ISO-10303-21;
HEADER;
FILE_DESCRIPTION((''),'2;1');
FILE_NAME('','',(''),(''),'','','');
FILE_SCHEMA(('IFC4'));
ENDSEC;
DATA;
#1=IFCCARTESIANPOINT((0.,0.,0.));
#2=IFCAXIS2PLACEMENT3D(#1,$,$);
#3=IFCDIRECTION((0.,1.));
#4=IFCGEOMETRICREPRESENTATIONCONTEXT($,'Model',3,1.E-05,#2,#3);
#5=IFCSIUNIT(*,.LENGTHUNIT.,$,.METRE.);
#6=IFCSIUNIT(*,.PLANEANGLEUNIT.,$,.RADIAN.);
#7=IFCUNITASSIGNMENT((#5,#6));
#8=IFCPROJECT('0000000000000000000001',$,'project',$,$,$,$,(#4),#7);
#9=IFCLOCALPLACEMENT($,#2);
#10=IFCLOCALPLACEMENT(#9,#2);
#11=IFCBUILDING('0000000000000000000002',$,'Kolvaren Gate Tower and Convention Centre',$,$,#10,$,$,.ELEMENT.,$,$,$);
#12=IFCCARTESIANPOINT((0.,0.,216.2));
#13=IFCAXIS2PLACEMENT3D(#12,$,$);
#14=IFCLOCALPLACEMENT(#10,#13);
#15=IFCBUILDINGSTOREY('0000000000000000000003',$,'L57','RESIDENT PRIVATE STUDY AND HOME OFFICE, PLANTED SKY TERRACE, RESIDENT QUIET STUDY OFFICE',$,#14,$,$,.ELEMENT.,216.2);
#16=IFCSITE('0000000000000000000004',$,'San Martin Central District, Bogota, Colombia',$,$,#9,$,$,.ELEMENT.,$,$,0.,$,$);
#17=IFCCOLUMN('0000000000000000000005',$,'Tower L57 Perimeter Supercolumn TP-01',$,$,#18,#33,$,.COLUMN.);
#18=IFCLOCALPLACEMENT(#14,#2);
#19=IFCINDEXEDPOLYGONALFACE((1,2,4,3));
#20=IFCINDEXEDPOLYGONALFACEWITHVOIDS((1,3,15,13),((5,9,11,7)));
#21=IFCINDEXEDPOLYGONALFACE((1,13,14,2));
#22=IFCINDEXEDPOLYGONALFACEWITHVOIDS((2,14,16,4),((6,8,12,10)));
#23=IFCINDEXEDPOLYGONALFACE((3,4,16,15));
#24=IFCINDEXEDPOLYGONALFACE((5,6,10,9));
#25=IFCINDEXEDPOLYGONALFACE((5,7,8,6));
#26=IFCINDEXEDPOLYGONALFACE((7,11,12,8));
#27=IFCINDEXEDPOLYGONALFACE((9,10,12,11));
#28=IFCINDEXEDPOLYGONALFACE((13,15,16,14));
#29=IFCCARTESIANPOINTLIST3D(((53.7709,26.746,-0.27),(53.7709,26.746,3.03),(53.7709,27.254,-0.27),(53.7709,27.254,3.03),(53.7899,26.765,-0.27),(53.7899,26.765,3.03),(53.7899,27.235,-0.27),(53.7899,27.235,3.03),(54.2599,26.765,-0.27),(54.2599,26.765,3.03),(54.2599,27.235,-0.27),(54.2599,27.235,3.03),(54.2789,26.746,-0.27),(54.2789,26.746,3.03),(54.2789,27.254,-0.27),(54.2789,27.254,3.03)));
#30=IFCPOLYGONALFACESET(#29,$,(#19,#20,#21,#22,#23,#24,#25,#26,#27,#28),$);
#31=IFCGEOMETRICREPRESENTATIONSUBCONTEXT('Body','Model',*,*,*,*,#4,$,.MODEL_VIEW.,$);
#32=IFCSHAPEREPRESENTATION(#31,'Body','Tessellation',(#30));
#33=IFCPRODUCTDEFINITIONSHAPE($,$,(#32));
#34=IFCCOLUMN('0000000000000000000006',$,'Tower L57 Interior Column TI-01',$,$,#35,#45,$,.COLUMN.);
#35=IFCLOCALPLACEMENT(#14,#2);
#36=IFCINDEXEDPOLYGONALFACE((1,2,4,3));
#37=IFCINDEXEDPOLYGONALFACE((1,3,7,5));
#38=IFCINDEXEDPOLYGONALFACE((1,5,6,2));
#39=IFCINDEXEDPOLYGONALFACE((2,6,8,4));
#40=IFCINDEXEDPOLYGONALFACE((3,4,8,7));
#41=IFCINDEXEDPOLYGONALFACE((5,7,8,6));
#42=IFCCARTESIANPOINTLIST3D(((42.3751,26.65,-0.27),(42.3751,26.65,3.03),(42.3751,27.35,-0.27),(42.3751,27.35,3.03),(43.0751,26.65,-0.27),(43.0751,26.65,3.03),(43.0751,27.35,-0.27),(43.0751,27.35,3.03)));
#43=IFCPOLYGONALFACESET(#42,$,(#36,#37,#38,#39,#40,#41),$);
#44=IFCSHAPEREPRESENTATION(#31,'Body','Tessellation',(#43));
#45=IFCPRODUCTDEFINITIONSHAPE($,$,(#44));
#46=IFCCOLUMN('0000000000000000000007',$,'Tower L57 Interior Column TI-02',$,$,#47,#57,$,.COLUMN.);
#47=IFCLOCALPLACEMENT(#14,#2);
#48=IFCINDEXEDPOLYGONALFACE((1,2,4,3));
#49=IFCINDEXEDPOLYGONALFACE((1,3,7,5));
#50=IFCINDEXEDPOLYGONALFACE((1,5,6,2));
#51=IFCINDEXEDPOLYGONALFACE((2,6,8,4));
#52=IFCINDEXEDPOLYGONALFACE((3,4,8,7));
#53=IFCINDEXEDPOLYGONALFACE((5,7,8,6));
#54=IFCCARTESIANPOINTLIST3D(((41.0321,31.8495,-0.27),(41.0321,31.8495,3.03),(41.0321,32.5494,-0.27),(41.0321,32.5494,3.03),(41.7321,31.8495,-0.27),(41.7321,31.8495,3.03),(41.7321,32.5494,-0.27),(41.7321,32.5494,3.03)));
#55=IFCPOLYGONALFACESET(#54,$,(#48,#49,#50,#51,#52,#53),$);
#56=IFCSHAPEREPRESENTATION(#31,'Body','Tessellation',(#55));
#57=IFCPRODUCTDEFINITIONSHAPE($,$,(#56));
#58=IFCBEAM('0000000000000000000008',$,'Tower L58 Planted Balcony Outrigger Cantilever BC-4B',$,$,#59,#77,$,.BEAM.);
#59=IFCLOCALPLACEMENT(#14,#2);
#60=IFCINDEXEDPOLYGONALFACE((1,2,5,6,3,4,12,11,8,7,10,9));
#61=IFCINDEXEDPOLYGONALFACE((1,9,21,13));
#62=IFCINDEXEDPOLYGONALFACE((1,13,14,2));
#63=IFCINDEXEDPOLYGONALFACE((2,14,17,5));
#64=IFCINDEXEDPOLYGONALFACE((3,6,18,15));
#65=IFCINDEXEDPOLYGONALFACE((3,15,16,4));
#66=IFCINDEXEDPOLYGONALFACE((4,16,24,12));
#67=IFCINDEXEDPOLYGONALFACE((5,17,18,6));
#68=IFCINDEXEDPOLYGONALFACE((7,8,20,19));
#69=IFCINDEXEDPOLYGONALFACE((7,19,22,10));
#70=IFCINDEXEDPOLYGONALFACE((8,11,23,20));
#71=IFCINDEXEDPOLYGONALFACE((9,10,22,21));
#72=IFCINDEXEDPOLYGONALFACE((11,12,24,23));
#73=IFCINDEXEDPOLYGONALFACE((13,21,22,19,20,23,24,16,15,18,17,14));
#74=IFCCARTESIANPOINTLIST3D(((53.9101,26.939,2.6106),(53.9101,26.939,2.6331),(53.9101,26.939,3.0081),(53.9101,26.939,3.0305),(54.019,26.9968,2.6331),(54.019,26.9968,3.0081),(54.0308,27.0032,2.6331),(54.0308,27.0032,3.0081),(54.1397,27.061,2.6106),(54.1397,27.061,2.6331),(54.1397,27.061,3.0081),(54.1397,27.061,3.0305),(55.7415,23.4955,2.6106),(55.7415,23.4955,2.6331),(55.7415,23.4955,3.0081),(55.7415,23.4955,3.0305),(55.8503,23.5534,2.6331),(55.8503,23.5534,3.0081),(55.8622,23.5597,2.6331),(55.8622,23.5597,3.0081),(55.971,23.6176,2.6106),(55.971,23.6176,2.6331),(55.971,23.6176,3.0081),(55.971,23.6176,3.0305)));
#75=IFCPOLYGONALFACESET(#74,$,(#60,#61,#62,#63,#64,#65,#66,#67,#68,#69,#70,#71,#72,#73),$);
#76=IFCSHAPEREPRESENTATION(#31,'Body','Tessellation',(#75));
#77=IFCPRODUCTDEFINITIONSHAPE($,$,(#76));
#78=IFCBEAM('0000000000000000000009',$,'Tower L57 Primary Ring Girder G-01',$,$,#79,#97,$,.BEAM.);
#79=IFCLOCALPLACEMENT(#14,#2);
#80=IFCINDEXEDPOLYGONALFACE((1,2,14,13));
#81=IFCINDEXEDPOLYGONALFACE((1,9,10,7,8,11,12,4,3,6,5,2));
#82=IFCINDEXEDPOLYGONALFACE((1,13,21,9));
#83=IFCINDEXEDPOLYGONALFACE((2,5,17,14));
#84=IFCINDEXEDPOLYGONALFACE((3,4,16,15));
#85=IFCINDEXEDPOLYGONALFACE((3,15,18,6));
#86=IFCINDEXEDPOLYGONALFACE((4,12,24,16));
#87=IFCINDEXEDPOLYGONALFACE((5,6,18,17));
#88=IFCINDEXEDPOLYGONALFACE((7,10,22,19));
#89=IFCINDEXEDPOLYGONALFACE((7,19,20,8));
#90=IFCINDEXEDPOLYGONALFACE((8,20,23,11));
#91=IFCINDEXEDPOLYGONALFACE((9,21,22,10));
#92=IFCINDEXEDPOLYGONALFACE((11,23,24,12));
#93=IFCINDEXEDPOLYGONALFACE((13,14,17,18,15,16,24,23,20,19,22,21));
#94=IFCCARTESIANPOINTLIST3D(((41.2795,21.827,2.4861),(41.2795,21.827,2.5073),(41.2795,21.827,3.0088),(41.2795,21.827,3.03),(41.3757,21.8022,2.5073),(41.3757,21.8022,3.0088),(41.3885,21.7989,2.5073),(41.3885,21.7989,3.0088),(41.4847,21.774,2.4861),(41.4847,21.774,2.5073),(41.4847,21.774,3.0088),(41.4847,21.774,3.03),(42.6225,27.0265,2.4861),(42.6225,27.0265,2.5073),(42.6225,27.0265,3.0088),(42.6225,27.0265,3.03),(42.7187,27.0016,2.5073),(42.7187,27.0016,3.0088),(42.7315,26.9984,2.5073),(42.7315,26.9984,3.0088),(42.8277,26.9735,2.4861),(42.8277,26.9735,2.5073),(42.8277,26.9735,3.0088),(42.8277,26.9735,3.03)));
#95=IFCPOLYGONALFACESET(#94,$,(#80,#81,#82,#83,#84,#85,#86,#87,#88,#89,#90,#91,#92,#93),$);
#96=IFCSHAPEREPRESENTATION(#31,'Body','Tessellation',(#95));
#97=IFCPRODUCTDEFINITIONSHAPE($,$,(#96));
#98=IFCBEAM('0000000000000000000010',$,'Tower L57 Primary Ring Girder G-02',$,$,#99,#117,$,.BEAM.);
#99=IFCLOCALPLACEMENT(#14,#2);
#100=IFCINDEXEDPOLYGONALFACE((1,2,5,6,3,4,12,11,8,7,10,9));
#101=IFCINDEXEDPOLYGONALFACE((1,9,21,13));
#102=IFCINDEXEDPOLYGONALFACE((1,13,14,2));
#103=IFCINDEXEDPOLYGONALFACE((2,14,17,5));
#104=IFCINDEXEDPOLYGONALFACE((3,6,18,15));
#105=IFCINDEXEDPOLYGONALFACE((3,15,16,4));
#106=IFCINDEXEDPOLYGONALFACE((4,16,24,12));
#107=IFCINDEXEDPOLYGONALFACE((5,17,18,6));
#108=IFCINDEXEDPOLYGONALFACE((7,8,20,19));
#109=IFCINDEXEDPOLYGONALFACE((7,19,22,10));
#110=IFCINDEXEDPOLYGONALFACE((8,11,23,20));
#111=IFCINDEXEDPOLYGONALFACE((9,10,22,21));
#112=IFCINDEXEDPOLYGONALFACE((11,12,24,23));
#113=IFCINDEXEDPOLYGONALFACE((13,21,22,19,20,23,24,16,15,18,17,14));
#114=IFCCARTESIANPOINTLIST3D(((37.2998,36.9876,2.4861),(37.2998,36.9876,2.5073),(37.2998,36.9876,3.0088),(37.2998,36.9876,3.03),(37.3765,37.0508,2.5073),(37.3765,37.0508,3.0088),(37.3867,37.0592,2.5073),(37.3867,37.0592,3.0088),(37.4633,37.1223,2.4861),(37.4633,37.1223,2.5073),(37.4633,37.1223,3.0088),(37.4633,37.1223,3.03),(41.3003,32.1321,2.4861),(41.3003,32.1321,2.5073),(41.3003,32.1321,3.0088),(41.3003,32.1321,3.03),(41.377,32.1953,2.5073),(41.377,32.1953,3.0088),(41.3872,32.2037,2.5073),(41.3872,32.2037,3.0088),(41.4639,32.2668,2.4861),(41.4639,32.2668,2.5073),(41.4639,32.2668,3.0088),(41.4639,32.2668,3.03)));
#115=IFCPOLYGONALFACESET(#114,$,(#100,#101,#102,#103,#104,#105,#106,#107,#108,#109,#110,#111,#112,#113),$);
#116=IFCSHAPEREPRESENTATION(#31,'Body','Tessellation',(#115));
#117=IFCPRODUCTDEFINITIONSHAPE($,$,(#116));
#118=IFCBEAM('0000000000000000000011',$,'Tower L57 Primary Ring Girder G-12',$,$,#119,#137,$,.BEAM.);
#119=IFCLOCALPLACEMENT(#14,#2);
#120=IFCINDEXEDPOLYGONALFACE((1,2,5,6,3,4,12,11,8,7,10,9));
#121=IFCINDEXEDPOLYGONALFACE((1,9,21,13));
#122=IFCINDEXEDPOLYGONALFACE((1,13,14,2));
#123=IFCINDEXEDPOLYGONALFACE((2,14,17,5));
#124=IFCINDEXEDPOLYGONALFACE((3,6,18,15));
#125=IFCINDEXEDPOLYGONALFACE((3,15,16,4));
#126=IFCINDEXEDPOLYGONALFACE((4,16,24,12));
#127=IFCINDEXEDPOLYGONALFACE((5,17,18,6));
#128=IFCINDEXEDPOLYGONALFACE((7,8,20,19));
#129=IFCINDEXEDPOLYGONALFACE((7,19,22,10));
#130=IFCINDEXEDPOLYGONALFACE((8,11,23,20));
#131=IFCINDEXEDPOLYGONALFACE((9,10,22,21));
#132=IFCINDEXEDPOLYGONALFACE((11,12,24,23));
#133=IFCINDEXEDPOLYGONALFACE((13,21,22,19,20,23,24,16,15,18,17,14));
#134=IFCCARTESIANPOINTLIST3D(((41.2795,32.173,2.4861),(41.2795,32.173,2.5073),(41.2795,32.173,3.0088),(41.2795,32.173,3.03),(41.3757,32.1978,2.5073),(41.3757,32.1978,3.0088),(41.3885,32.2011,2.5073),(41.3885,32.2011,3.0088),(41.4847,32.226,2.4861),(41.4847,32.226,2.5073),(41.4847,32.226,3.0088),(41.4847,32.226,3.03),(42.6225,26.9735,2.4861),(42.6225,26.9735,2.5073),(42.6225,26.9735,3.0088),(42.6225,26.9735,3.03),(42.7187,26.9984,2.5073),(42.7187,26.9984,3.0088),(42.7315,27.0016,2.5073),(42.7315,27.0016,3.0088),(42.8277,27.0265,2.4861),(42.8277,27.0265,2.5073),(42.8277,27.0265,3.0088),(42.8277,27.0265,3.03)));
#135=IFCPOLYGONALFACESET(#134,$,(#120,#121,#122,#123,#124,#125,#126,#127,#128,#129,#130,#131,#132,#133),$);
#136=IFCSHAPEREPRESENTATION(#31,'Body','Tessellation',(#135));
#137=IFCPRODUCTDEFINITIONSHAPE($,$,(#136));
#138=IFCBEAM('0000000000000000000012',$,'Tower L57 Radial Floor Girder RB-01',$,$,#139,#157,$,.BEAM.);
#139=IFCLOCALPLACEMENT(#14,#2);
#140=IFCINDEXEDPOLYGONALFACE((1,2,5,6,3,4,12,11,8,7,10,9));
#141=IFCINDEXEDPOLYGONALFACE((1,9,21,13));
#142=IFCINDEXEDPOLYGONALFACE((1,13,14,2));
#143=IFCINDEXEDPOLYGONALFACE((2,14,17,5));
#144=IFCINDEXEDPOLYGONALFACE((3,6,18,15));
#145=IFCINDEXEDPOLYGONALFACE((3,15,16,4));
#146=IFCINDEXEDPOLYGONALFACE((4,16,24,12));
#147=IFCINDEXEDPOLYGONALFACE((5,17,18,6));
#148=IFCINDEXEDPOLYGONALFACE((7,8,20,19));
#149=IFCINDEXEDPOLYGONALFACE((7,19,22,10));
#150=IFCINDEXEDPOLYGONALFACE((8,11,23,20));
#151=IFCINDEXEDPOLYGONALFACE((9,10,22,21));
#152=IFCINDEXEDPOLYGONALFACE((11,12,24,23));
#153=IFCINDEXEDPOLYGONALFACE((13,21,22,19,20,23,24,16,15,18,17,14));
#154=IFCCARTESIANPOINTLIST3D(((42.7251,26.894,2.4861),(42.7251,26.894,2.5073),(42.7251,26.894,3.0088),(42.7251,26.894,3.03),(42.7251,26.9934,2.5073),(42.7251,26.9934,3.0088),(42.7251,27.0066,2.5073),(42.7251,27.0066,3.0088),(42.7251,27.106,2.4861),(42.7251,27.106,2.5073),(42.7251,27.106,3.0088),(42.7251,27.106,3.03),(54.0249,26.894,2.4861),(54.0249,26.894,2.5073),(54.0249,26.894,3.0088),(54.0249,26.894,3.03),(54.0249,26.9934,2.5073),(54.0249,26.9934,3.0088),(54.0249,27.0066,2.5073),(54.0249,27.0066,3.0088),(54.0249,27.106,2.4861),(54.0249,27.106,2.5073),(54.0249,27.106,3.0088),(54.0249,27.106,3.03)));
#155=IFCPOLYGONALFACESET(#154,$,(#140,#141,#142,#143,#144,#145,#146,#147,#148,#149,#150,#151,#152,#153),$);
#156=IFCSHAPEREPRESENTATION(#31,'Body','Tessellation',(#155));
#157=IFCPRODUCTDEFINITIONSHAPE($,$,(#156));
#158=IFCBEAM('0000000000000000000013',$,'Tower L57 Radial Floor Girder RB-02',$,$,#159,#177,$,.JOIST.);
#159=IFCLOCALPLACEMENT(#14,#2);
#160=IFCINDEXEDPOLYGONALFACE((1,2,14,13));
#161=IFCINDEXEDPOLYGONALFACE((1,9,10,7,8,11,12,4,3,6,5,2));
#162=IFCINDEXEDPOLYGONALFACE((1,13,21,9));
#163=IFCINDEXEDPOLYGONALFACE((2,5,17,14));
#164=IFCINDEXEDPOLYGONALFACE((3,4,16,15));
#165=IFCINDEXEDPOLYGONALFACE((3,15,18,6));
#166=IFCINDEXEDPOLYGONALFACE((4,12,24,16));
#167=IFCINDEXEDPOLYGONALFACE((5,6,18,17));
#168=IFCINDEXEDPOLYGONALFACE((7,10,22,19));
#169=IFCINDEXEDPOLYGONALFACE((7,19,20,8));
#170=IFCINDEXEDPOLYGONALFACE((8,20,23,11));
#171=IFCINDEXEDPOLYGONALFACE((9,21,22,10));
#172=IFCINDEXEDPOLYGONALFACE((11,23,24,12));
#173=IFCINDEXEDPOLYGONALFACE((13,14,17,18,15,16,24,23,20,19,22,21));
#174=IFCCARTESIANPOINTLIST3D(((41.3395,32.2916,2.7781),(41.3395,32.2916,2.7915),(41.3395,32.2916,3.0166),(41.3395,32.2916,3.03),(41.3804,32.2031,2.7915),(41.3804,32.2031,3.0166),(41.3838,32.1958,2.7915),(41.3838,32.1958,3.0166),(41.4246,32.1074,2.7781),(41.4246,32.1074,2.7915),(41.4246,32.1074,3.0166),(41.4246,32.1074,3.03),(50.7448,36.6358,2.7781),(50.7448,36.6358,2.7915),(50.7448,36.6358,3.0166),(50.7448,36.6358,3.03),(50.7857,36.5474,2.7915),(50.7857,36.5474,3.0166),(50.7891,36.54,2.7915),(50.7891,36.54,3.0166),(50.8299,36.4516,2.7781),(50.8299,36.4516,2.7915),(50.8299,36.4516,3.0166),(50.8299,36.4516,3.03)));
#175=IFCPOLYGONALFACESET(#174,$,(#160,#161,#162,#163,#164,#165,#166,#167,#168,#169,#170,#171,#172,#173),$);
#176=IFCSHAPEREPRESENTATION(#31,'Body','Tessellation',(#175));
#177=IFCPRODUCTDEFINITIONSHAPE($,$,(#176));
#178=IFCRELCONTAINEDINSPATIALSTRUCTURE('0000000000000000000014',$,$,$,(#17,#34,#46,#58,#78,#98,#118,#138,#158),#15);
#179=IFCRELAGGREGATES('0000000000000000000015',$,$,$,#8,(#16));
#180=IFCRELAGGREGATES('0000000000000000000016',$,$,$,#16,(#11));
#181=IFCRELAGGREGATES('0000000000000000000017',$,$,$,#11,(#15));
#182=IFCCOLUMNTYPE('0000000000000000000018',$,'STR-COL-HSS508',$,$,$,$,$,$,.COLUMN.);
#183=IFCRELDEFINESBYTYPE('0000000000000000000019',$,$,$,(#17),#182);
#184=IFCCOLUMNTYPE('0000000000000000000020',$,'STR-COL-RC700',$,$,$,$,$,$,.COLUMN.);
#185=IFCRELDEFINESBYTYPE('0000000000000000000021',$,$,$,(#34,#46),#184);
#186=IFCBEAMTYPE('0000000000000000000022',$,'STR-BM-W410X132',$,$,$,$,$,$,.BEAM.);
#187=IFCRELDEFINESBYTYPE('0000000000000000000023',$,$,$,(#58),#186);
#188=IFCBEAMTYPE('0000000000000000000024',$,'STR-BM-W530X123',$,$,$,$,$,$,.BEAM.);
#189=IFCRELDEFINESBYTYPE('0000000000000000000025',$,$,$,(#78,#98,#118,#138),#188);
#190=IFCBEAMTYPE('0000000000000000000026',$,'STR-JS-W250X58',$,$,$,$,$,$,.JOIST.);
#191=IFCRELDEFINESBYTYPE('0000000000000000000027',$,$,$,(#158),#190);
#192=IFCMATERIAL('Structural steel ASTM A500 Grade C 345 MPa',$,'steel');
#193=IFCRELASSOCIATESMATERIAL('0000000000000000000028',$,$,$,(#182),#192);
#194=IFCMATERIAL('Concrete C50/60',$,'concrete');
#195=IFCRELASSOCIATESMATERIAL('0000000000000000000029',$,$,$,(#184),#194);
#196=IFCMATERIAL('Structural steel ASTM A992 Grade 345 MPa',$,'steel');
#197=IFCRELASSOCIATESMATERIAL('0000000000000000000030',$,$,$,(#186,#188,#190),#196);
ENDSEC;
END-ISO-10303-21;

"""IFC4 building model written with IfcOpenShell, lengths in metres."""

from ifc_helpers import new_model, si_unit, direction, frame, origin, origin_2d, place, context, subcontext, project, spatial, rectangle, hollow_rectangle, i_section, extrude, material, material_profile, profile_set, type_object, element, save


model = new_model("IFC4")

# Units and contexts
model_context = context("Model", 3, precision=1e-05, world=origin(), true_north=direction((0.0, 1.0)))
body_context = subcontext(model_context, "Body", "Model", "MODEL_VIEW")
ifc_project = project(units=[si_unit("LENGTHUNIT", "METRE"), si_unit("PLANEANGLEUNIT", "RADIAN")], contexts=[model_context])

# Site, building, storey
site_placement = place(None, origin())
site = spatial("IfcSite", under=ifc_project, at=site_placement, Name="San Martin Central District, Bogota, Colombia", CompositionType="ELEMENT", RefElevation=0.0)
building_placement = place(site_placement, origin())
building = spatial("IfcBuilding", under=site, at=building_placement, Name="Kolvaren Gate Tower and Convention Centre", CompositionType="ELEMENT")
storey_placement = place(building_placement, frame((0.0, 0.0, 216.2)))
storey = spatial("IfcBuildingStorey", under=building, at=storey_placement, Name="L57", Description="RESIDENT PRIVATE STUDY AND HOME OFFICE, PLANTED SKY TERRACE, RESIDENT QUIET STUDY OFFICE", CompositionType="ELEMENT", Elevation=216.2)

# Columns
ifc_material_1 = material(Name="Structural steel ASTM A500 Grade C 345 MPa", Category="steel")
ifc_material_profile_1 = material_profile(ifc_material_1, hollow_rectangle(XDim=0.5081, YDim=0.5081, WallThickness=0.019, at=origin_2d()), Name="HSS508X508X19.1")
ifc_profile_set_1 = profile_set([ifc_material_profile_1], Name="Structural steel ASTM A500 Grade C 345 MPa")
column_type_1 = type_object("IfcColumnType", Name="STR-COL-HSS508", PredefinedType="COLUMN", material=ifc_profile_set_1)
column_placement = place(storey_placement, frame((54.0249, 27.0, -0.27), z_axis=(0.0, 0.0, 1.0), x_axis=(1.0, 0.0, 0.0)))
element("IfcColumn", 1, at=column_placement, inside=storey, type_object=column_type_1, Name="Tower L57 Perimeter Supercolumn TP-01", PredefinedType="COLUMN", context=body_context, shape_type="SweptSolid", body=[
    extrude(hollow_rectangle(XDim=0.5081, YDim=0.5081, WallThickness=0.019, at=origin_2d()), origin(), (0.0, 0.0, 1.0), 3.3),
])
ifc_material_2 = material(Name="Concrete C50/60", Category="concrete")
ifc_material_profile_2 = material_profile(ifc_material_2, rectangle(XDim=0.7, YDim=0.7, at=origin_2d()), Name="RC-COL-700X700")
ifc_profile_set_2 = profile_set([ifc_material_profile_2], Name="Concrete C50/60")
column_type_2 = type_object("IfcColumnType", Name="STR-COL-RC700", PredefinedType="COLUMN", material=ifc_profile_set_2)
for number, where, z_axis, x_axis, name in (
    (2, (42.7251, 27.0, -0.27), (0.0, 0.0, 1.0), (1.0, 0.0, 0.0), "Tower L57 Interior Column TI-01"),
    (3, (41.3821, 32.1995, -0.27), (0.0, 0.0, 1.0), (1.0, 0.0, 0.0), "Tower L57 Interior Column TI-02"),
):
    element("IfcColumn", number, at=place(storey_placement, frame(where, z_axis=z_axis, x_axis=x_axis)), inside=storey, type_object=column_type_2, Name=name, PredefinedType="COLUMN", context=body_context, shape_type="SweptSolid", body=[
        extrude(rectangle(XDim=0.7, YDim=0.7, at=origin_2d()), origin(), (0.0, 0.0, 1.0), 3.3),
    ])

# Beams
ifc_material_3 = material(Name="Structural steel ASTM A992 Grade 345 MPa", Category="steel")
ifc_material_profile_3 = material_profile(ifc_material_3, i_section(OverallWidth=0.26, OverallDepth=0.4199, WebThickness=0.0134, FlangeThickness=0.0225, at=origin_2d()), Name="W410X132")
ifc_profile_set_3 = profile_set([ifc_material_profile_3], Name="Structural steel ASTM A992 Grade 345 MPa")
beam_type_1 = type_object("IfcBeamType", Name="STR-BM-W410X132", PredefinedType="BEAM", material=ifc_profile_set_3)
beam_1_placement = place(storey_placement, frame((54.0249, 27.0, 2.8206), z_axis=(0.469558, -0.882902, 0.0), x_axis=(0.882902, 0.469558, 0.0)))
element("IfcBeam", 4, at=beam_1_placement, inside=storey, type_object=beam_type_1, Name="Tower L58 Planted Balcony Outrigger Cantilever BC-4B", PredefinedType="BEAM", context=body_context, shape_type="SweptSolid", body=[
    extrude(i_section(OverallWidth=0.26, OverallDepth=0.4199, WebThickness=0.0134, FlangeThickness=0.0225, at=origin_2d()), origin(), (0.0, 0.0, 1.0), 3.9001),
])
ifc_material_profile_4 = material_profile(ifc_material_3, i_section(OverallWidth=0.2119, OverallDepth=0.5439, WebThickness=0.0132, FlangeThickness=0.0212, at=origin_2d()), Name="W530X123")
ifc_profile_set_4 = profile_set([ifc_material_profile_4], Name="Structural steel ASTM A992 Grade 345 MPa")
beam_type_2 = type_object("IfcBeamType", Name="STR-BM-W530X123", PredefinedType="BEAM", material=ifc_profile_set_4)
beam_2_placement = place(storey_placement, frame((42.7251, 27.0, 2.7581), z_axis=(-0.250091, -0.968222, 0.0), x_axis=(0.968222, -0.250091, 0.0)))
element("IfcBeam", 5, at=beam_2_placement, inside=storey, type_object=beam_type_2, Name="Tower L57 Primary Ring Girder G-01", PredefinedType="BEAM", context=body_context, shape_type="SweptSolid", body=[
    extrude(i_section(OverallWidth=0.2119, OverallDepth=0.5439, WebThickness=0.0132, FlangeThickness=0.0212, at=origin_2d()), origin(), (0.0, 0.0, 1.0), 5.3701),
])
beam_3_placement = place(storey_placement, frame((41.3821, 32.1995, 2.7581), z_axis=(-0.635884, 0.771785, 0.0), x_axis=(-0.771785, -0.635884, 0.0)))
element("IfcBeam", 6, at=beam_3_placement, inside=storey, type_object=beam_type_2, Name="Tower L57 Primary Ring Girder G-02", PredefinedType="BEAM", context=body_context, shape_type="SweptSolid", body=[
    extrude(i_section(OverallWidth=0.2119, OverallDepth=0.5439, WebThickness=0.0132, FlangeThickness=0.0212, at=origin_2d()), origin(), (0.0, 0.0, 1.0), 6.2913),
])
beam_4_placement = place(storey_placement, frame((42.7251, 27.0, 2.7581), z_axis=(-0.250091, 0.968222, 0.0), x_axis=(-0.968222, -0.250091, 0.0)))
element("IfcBeam", 7, at=beam_4_placement, inside=storey, type_object=beam_type_2, Name="Tower L57 Primary Ring Girder G-12", PredefinedType="BEAM", context=body_context, shape_type="SweptSolid", body=[
    extrude(i_section(OverallWidth=0.2119, OverallDepth=0.5439, WebThickness=0.0132, FlangeThickness=0.0212, at=origin_2d()), origin(), (0.0, 0.0, 1.0), 5.3701),
])
beam_5_placement = place(storey_placement, frame((42.7251, 27.0, 2.7581), z_axis=(1.0, 0.0, 0.0), x_axis=(0.0, 1.0, 0.0)))
element("IfcBeam", 8, at=beam_5_placement, inside=storey, type_object=beam_type_2, Name="Tower L57 Radial Floor Girder RB-01", PredefinedType="BEAM", context=body_context, shape_type="SweptSolid", body=[
    extrude(i_section(OverallWidth=0.2119, OverallDepth=0.5439, WebThickness=0.0132, FlangeThickness=0.0212, at=origin_2d()), origin(), (0.0, 0.0, 1.0), 11.2998),
])
ifc_material_profile_5 = material_profile(ifc_material_3, i_section(OverallWidth=0.2029, OverallDepth=0.252, WebThickness=0.0081, FlangeThickness=0.0134, at=origin_2d()), Name="W250X58")
ifc_profile_set_5 = profile_set([ifc_material_profile_5], Name="Structural steel ASTM A992 Grade 345 MPa")
beam_type_3 = type_object("IfcBeamType", Name="STR-JS-W250X58", PredefinedType="JOIST", material=ifc_profile_set_5)
beam_6_placement = place(storey_placement, frame((41.3821, 32.1995, 2.9041), z_axis=(0.907837, 0.419324, 0.0), x_axis=(-0.419324, 0.907837, 0.0)))
element("IfcBeam", 9, at=beam_6_placement, inside=storey, type_object=beam_type_3, Name="Tower L57 Radial Floor Girder RB-02", PredefinedType="JOIST", context=body_context, shape_type="SweptSolid", body=[
    extrude(i_section(OverallWidth=0.2029, OverallDepth=0.252, WebThickness=0.0081, FlangeThickness=0.0134, at=origin_2d()), origin(), (0.0, 0.0, 1.0), 10.3601),
])

save(model, "model.ifc")
